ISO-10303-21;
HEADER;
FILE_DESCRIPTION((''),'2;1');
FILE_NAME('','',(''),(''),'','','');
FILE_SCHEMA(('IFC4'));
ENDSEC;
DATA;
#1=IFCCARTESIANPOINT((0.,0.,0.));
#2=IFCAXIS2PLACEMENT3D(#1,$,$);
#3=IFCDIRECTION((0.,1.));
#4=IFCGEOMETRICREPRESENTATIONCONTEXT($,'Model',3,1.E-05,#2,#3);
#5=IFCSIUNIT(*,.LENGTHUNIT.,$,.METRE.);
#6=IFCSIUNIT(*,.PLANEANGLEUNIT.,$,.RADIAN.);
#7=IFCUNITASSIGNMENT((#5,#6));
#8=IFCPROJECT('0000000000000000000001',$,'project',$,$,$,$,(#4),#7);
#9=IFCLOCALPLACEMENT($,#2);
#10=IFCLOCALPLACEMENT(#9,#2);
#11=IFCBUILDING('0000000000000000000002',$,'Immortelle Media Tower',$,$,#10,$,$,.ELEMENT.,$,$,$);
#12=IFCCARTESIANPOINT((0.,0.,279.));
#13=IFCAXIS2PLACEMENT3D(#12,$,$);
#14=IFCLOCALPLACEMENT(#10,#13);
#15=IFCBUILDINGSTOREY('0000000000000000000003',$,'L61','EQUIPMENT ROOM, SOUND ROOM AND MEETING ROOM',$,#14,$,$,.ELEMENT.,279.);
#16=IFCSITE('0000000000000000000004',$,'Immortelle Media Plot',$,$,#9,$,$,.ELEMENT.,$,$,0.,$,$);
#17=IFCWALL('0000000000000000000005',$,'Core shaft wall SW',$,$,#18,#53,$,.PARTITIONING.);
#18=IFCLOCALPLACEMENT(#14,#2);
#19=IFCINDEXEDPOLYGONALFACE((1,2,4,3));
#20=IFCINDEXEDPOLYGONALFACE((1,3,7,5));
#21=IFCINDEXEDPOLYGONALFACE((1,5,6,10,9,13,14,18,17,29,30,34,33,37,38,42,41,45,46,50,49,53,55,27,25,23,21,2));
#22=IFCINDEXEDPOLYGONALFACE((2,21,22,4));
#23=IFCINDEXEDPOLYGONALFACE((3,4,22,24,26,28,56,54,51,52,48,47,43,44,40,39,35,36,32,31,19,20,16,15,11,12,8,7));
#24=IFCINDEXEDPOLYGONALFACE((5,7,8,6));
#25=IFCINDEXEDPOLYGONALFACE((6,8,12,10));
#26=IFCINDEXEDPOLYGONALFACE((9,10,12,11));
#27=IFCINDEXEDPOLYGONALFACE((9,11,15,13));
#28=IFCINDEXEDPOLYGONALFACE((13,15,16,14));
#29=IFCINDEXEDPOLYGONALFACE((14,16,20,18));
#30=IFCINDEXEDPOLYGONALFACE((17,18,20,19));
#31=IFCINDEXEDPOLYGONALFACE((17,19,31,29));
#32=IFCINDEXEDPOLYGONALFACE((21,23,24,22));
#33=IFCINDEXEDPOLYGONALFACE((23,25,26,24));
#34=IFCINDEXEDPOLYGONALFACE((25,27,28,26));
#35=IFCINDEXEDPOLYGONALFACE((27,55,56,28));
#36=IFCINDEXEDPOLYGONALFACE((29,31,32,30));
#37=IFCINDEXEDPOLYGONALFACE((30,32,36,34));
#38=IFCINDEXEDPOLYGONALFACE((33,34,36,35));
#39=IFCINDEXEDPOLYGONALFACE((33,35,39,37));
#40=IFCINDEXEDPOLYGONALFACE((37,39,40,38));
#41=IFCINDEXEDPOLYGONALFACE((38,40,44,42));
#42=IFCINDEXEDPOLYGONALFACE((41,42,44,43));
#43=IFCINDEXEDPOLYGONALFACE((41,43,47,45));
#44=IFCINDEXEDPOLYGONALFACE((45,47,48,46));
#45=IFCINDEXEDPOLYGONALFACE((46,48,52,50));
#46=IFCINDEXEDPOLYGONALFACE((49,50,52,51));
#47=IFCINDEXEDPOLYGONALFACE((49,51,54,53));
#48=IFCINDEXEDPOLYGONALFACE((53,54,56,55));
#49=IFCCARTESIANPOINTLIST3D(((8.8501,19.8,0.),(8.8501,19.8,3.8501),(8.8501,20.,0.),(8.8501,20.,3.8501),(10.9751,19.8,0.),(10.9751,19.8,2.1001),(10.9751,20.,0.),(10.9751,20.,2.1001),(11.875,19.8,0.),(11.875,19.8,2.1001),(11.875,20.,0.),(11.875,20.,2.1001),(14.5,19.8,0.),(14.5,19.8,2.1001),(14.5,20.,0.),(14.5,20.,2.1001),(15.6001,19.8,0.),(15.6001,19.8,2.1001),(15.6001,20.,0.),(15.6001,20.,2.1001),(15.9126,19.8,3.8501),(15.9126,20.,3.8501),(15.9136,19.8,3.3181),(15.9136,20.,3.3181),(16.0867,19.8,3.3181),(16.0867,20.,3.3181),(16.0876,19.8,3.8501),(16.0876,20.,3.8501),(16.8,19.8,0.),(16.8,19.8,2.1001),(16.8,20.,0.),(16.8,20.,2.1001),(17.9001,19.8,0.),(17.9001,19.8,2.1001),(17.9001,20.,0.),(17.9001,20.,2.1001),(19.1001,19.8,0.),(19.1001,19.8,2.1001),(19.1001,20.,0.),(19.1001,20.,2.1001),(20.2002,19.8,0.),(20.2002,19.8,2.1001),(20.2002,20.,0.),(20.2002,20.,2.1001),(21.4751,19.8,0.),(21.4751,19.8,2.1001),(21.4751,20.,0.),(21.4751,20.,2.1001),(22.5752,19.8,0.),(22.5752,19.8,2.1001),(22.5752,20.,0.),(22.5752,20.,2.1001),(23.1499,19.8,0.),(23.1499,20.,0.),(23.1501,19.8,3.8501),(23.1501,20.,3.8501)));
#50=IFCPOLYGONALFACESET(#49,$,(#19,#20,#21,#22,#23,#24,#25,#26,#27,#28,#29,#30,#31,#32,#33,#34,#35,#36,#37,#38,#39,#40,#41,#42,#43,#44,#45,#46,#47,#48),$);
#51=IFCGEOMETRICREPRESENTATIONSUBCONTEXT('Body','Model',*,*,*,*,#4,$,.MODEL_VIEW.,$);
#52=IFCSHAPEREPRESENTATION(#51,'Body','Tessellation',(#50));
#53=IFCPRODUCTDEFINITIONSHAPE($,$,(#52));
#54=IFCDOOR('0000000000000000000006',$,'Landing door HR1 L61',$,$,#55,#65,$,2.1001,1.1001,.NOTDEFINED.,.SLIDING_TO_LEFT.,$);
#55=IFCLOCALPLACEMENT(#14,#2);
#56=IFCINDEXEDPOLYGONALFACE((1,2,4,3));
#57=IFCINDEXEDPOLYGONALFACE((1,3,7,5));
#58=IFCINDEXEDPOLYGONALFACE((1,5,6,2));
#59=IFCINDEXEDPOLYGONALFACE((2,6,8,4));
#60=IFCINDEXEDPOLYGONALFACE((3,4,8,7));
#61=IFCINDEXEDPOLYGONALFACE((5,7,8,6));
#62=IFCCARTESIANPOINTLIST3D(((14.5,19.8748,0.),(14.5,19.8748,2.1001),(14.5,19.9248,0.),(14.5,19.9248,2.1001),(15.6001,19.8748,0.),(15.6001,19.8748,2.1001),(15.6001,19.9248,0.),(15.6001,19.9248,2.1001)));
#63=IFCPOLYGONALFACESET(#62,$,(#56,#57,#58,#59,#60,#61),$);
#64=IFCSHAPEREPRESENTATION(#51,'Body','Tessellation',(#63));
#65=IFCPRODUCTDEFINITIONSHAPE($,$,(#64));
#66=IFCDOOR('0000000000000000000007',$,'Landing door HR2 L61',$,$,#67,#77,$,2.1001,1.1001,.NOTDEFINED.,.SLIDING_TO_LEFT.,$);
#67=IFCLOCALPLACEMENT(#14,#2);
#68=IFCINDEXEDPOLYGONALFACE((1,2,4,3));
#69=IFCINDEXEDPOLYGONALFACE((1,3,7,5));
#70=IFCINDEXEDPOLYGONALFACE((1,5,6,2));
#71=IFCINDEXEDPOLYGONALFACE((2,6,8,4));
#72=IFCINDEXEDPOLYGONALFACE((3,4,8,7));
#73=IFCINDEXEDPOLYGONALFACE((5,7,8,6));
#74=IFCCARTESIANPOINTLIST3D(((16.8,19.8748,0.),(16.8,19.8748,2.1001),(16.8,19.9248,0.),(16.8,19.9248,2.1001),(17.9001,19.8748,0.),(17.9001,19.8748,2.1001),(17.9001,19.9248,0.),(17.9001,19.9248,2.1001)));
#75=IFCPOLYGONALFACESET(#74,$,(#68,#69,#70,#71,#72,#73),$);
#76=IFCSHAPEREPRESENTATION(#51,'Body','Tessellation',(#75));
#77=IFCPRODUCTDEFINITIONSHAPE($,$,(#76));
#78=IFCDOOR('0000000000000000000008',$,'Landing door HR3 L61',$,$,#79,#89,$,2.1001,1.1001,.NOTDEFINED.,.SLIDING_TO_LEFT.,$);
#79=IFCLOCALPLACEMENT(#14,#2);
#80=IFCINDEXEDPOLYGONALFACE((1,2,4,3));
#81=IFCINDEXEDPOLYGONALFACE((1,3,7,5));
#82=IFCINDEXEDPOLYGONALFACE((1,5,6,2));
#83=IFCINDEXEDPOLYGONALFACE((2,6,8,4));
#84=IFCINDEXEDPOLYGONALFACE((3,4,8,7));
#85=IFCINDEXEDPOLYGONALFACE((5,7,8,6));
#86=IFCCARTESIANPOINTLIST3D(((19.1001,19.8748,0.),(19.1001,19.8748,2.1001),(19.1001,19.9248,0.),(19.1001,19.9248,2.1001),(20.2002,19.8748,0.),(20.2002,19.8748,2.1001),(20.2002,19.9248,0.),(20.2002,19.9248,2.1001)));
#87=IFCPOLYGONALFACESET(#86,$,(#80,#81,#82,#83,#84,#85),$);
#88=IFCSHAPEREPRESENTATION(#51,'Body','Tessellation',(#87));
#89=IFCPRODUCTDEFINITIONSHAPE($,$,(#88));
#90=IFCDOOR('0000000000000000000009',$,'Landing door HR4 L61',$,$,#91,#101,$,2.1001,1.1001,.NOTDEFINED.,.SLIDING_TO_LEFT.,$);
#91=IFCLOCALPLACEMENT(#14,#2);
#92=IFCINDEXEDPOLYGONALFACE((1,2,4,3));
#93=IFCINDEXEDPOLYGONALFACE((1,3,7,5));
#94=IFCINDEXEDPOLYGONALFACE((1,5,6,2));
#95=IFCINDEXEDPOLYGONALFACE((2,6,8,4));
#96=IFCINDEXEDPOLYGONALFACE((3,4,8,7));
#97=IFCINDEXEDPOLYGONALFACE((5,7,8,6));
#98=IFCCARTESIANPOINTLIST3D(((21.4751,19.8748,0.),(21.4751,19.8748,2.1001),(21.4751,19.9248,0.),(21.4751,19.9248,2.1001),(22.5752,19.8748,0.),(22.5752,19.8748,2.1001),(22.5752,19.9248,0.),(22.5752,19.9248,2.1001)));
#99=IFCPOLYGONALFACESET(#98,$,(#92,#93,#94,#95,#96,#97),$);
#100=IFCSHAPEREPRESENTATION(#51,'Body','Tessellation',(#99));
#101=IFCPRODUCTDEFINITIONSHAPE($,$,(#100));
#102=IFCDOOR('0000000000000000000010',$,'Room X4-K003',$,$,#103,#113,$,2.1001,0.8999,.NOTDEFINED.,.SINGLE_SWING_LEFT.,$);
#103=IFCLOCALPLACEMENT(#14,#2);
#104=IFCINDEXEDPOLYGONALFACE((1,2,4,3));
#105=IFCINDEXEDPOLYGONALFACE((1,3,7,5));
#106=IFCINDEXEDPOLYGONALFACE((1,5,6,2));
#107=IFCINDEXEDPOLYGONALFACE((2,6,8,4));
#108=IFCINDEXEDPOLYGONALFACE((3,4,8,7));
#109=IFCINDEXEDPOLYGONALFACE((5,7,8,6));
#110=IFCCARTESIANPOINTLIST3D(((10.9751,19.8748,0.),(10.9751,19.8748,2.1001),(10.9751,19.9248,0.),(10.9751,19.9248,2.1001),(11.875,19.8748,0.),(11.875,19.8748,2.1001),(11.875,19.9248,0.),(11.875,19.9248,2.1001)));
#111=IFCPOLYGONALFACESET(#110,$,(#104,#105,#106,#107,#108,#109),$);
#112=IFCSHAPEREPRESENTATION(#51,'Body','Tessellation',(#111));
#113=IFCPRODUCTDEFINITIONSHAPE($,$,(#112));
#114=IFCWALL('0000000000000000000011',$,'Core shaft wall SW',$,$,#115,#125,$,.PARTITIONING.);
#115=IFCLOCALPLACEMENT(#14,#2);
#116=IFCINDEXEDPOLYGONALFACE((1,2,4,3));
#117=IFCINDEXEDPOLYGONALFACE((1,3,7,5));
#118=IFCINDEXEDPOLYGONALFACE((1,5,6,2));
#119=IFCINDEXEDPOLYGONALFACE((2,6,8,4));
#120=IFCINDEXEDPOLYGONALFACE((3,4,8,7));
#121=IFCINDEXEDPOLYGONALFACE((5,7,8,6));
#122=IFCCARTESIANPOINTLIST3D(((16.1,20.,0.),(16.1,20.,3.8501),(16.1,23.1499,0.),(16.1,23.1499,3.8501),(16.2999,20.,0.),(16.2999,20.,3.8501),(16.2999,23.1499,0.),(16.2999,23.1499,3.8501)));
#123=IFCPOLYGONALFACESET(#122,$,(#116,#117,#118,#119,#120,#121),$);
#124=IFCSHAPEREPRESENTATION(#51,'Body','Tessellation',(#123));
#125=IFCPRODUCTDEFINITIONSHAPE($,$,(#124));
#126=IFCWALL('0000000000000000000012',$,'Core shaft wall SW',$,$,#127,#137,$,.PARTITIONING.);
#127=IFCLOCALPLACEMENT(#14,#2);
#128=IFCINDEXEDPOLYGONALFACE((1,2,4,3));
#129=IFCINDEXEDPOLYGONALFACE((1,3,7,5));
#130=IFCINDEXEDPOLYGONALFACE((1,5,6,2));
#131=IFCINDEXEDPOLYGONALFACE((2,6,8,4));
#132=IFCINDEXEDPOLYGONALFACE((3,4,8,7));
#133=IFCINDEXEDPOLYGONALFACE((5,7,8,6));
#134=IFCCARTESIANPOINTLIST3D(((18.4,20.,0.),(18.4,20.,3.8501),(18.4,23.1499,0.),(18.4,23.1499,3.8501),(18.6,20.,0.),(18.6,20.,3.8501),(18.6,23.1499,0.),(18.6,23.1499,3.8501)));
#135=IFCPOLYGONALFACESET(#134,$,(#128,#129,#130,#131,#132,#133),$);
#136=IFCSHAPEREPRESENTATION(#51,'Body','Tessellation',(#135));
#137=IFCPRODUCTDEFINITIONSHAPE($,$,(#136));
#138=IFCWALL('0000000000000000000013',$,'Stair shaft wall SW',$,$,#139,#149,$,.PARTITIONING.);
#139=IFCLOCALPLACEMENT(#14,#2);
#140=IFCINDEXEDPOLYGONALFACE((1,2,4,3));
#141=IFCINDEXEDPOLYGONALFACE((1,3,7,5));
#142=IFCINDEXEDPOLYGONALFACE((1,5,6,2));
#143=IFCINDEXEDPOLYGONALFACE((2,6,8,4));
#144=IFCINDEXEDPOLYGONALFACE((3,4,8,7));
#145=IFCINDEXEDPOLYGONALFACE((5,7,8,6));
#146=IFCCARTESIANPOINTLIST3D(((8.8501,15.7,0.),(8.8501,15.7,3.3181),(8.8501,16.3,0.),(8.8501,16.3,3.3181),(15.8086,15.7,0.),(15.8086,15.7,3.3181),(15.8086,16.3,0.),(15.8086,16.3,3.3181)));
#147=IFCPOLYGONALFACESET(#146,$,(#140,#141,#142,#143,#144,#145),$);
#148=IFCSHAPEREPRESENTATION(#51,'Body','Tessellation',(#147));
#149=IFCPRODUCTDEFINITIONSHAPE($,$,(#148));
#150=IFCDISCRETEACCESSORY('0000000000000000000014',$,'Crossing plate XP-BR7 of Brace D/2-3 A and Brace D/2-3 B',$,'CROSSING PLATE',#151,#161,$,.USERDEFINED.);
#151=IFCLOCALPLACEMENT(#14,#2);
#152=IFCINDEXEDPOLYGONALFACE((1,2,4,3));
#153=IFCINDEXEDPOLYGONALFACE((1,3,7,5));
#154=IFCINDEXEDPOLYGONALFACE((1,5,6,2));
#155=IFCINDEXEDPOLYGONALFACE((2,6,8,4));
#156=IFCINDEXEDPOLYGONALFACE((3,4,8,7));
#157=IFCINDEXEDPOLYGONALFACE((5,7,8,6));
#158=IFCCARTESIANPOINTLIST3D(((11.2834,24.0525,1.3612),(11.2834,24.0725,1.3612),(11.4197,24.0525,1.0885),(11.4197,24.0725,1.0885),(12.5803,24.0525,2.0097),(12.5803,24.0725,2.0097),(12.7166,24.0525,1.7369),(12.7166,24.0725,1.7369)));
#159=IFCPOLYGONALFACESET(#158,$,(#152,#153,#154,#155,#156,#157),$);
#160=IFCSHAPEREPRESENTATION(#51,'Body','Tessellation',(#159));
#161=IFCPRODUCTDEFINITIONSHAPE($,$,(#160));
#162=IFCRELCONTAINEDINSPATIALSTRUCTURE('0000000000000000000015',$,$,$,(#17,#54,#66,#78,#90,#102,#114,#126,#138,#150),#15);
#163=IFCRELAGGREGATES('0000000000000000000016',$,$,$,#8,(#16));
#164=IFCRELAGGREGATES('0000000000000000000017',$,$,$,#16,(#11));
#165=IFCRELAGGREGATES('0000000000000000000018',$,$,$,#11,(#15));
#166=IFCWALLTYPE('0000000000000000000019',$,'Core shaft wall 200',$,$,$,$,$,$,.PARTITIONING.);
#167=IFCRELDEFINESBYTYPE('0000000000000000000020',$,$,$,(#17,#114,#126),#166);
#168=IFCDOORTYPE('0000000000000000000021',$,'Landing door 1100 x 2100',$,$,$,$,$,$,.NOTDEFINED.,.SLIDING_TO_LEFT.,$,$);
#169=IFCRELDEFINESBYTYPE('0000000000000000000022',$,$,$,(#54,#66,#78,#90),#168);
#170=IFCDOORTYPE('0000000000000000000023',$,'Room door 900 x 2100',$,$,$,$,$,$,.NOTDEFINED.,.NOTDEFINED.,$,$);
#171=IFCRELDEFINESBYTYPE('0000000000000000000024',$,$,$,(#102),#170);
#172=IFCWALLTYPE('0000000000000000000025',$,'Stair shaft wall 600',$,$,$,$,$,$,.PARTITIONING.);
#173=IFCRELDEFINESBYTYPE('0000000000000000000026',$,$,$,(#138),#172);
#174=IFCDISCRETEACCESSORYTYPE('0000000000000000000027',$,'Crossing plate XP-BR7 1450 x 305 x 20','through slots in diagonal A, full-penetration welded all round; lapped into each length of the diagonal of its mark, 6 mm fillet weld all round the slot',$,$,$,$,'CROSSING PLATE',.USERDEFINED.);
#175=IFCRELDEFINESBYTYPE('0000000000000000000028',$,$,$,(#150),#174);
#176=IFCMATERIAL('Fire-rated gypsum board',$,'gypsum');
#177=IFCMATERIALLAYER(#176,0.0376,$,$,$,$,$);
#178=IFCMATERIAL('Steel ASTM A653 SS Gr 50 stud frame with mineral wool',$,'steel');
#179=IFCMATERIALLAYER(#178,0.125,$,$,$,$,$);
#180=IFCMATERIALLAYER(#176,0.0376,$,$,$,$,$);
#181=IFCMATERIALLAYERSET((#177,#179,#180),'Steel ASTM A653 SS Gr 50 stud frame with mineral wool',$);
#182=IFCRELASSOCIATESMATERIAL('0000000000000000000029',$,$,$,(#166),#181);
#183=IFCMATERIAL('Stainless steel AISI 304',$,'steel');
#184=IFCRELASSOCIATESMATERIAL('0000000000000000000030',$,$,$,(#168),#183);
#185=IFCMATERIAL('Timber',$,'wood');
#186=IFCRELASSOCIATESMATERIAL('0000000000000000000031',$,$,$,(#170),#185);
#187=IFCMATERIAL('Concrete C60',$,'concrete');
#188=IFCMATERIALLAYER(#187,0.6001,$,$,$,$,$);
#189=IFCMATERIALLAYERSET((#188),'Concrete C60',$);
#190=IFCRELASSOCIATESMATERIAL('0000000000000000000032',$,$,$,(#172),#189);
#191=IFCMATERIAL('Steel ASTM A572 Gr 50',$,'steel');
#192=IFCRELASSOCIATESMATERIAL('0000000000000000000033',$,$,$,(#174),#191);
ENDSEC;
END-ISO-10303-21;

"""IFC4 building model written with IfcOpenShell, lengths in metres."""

from ifc_helpers import new_model, si_unit, direction, frame, frame_2d, origin, origin_2d, place, context, subcontext, project, spatial, polyline, rectangle, outline, extrude, material, layer, layer_set, material_profile, profile_set, type_object, element, fill, save


model = new_model("IFC4")

# Units and contexts
model_context = context("Model", 3, precision=1e-05, world=origin(), true_north=direction((0.0, 1.0)))
body_context = subcontext(model_context, "Body", "Model", "MODEL_VIEW")
ifc_project = project(units=[si_unit("LENGTHUNIT", "METRE"), si_unit("PLANEANGLEUNIT", "RADIAN")], contexts=[model_context])

# Site, building, storey
site_placement = place(None, origin())
site = spatial("IfcSite", under=ifc_project, at=site_placement, Name="Immortelle Media Plot", CompositionType="ELEMENT", RefElevation=0.0)
building_placement = place(site_placement, origin())
building = spatial("IfcBuilding", under=site, at=building_placement, Name="Immortelle Media Tower", CompositionType="ELEMENT")
storey_placement = place(building_placement, frame((0.0, 0.0, 279.0)))
storey = spatial("IfcBuildingStorey", under=building, at=storey_placement, Name="L61", Description="EQUIPMENT ROOM, SOUND ROOM AND MEETING ROOM", CompositionType="ELEMENT", Elevation=279.0)

# Shared definitions
ifc_material_1 = material(Name="Timber", Category="wood")

# Shared definitions
ifc_material_2 = material(Name="Fire-rated gypsum board", Category="gypsum")
ifc_material_3 = material(Name="Steel ASTM A653 SS Gr 50 stud frame with mineral wool", Category="steel")
ifc_layer_1 = layer(ifc_material_2, 0.0376)
ifc_layer_2 = layer(ifc_material_3, 0.125)
ifc_layer_3 = layer(ifc_material_2, 0.0376)
ifc_layer_set_1 = layer_set([ifc_layer_1, ifc_layer_2, ifc_layer_3], Name="Steel ASTM A653 SS Gr 50 stud frame with mineral wool")
wall_type_1 = type_object("IfcWallType", Name="Core shaft wall 200", PredefinedType="PARTITIONING", material=ifc_layer_set_1)

# Wall, openings, doors
wall_1_placement = place(storey_placement, frame((8.8501, 19.8999, 0.0), z_axis=(0.0, 0.0, 1.0), x_axis=(1.0, 0.0, 0.0)))
wall_1 = element("IfcWall", 1, at=wall_1_placement, inside=storey, type_object=wall_type_1, Name="Core shaft wall SW", PredefinedType="PARTITIONING", context=body_context, shape_type="SweptSolid", body=[
    extrude(outline(polyline([(0.0, 0.0), (14.2998, 0.0), (14.3, 3.8501), (7.2375, 3.8501), (7.2366, 3.3181), (7.0635, 3.3181), (7.0625, 3.8501), (0.0, 3.8501), (0.0, 0.0)])), frame((0.0, 0.1001, 0.0), z_axis=(0.0, -1.0, 0.0), x_axis=(1.0, 0.0, 0.0)), (0.0, 0.0, 1.0), 0.2),
])
opening_1_placement = place(wall_1_placement, frame((2.125, 0.0, 0.0)))
opening_1 = element("IfcOpeningElement", 2, at=opening_1_placement, cuts=wall_1, PredefinedType="OPENING", context=body_context, shape_type="SweptSolid", body=[
    extrude(rectangle(XDim=0.8999, YDim=2.1001, at=frame_2d((0.45, 1.05))), frame((0.0, 0.1099, 0.0), z_axis=(0.0, -1.0, 0.0), x_axis=(1.0, 0.0, 0.0)), (0.0, 0.0, 1.0), 0.22),
])
opening_2_placement = place(wall_1_placement, frame((5.6499, 0.0, 0.0)))
opening_2 = element("IfcOpeningElement", 3, at=opening_2_placement, cuts=wall_1, PredefinedType="OPENING", context=body_context, shape_type="SweptSolid", body=[
    extrude(rectangle(XDim=1.1001, YDim=2.1001, at=frame_2d((0.55, 1.05))), frame((0.0, 0.1099, 0.0), z_axis=(0.0, -1.0, 0.0), x_axis=(1.0, 0.0, 0.0)), (0.0, 0.0, 1.0), 0.22),
])
opening_3_placement = place(wall_1_placement, frame((7.95, 0.0, 0.0)))
opening_3 = element("IfcOpeningElement", 4, at=opening_3_placement, cuts=wall_1, PredefinedType="OPENING", context=body_context, shape_type="SweptSolid", body=[
    extrude(rectangle(XDim=1.1001, YDim=2.1001, at=frame_2d((0.55, 1.05))), frame((0.0, 0.1099, 0.0), z_axis=(0.0, -1.0, 0.0), x_axis=(1.0, 0.0, 0.0)), (0.0, 0.0, 1.0), 0.22),
])
opening_4_placement = place(wall_1_placement, frame((10.25, 0.0, 0.0)))
opening_4 = element("IfcOpeningElement", 5, at=opening_4_placement, cuts=wall_1, PredefinedType="OPENING", context=body_context, shape_type="SweptSolid", body=[
    extrude(rectangle(XDim=1.1001, YDim=2.1001, at=frame_2d((0.55, 1.05))), frame((0.0, 0.1099, 0.0), z_axis=(0.0, -1.0, 0.0), x_axis=(1.0, 0.0, 0.0)), (0.0, 0.0, 1.0), 0.22),
])
opening_5_placement = place(wall_1_placement, frame((12.625, 0.0, 0.0)))
opening_5 = element("IfcOpeningElement", 6, at=opening_5_placement, cuts=wall_1, PredefinedType="OPENING", context=body_context, shape_type="SweptSolid", body=[
    extrude(rectangle(XDim=1.1001, YDim=2.1001, at=frame_2d((0.55, 1.05))), frame((0.0, 0.1099, 0.0), z_axis=(0.0, -1.0, 0.0), x_axis=(1.0, 0.0, 0.0)), (0.0, 0.0, 1.0), 0.22),
])
ifc_material_4 = material(Name="Stainless steel AISI 304", Category="steel")
door_type_1 = type_object("IfcDoorType", Name="Landing door 1100 x 2100", OperationType="SLIDING_TO_LEFT", PredefinedType="NOTDEFINED", material=ifc_material_4)
door_1_placement = place(opening_2_placement, origin())
door_1 = element("IfcDoor", 7, at=door_1_placement, inside=storey, type_object=door_type_1, Name="Landing door HR1 L61", OperationType="SLIDING_TO_LEFT", OverallHeight=2.1001, OverallWidth=1.1001, PredefinedType="NOTDEFINED", context=body_context, shape_type="SweptSolid", body=[
    extrude(rectangle(XDim=1.1001, YDim=2.1001, at=frame_2d((0.55, 1.05))), frame((0.0, 0.0249, 0.0), z_axis=(0.0, -1.0, 0.0), x_axis=(1.0, 0.0, 0.0)), (0.0, 0.0, 1.0), 0.05),
])
fill(opening_2, door_1)
door_2_placement = place(opening_3_placement, origin())
door_2 = element("IfcDoor", 8, at=door_2_placement, inside=storey, type_object=door_type_1, Name="Landing door HR2 L61", OperationType="SLIDING_TO_LEFT", OverallHeight=2.1001, OverallWidth=1.1001, PredefinedType="NOTDEFINED", context=body_context, shape_type="SweptSolid", body=[
    extrude(rectangle(XDim=1.1001, YDim=2.1001, at=frame_2d((0.55, 1.05))), frame((0.0, 0.0249, 0.0), z_axis=(0.0, -1.0, 0.0), x_axis=(1.0, 0.0, 0.0)), (0.0, 0.0, 1.0), 0.05),
])
fill(opening_3, door_2)
door_3_placement = place(opening_4_placement, origin())
door_3 = element("IfcDoor", 9, at=door_3_placement, inside=storey, type_object=door_type_1, Name="Landing door HR3 L61", OperationType="SLIDING_TO_LEFT", OverallHeight=2.1001, OverallWidth=1.1001, PredefinedType="NOTDEFINED", context=body_context, shape_type="SweptSolid", body=[
    extrude(rectangle(XDim=1.1001, YDim=2.1001, at=frame_2d((0.55, 1.05))), frame((0.0, 0.0249, 0.0), z_axis=(0.0, -1.0, 0.0), x_axis=(1.0, 0.0, 0.0)), (0.0, 0.0, 1.0), 0.05),
])
fill(opening_4, door_3)
door_4_placement = place(opening_5_placement, origin())
door_4 = element("IfcDoor", 10, at=door_4_placement, inside=storey, type_object=door_type_1, Name="Landing door HR4 L61", OperationType="SLIDING_TO_LEFT", OverallHeight=2.1001, OverallWidth=1.1001, PredefinedType="NOTDEFINED", context=body_context, shape_type="SweptSolid", body=[
    extrude(rectangle(XDim=1.1001, YDim=2.1001, at=frame_2d((0.55, 1.05))), frame((0.0, 0.0249, 0.0), z_axis=(0.0, -1.0, 0.0), x_axis=(1.0, 0.0, 0.0)), (0.0, 0.0, 1.0), 0.05),
])
fill(opening_5, door_4)
door_type_2 = type_object("IfcDoorType", Name="Room door 900 x 2100", OperationType="NOTDEFINED", PredefinedType="NOTDEFINED", material=ifc_material_1)
door_5_placement = place(opening_1_placement, origin())
door_5 = element("IfcDoor", 11, at=door_5_placement, inside=storey, type_object=door_type_2, Name="Room X4-K003", OperationType="SINGLE_SWING_LEFT", OverallHeight=2.1001, OverallWidth=0.8999, PredefinedType="NOTDEFINED", context=body_context, shape_type="SweptSolid", body=[
    extrude(rectangle(XDim=0.8999, YDim=2.1001, at=frame_2d((0.45, 1.05))), frame((0.0, 0.0249, 0.0), z_axis=(0.0, -1.0, 0.0), x_axis=(1.0, 0.0, 0.0)), (0.0, 0.0, 1.0), 0.05),
])
fill(opening_1, door_5)

# Walls
for number, where, z_axis, x_axis, name in (
    (12, (16.2, 20.0, 0.0), (0.0, 0.0, 1.0), (0.0, 1.0, 0.0), "Core shaft wall SW"),
    (13, (18.5, 20.0, 0.0), (0.0, 0.0, 1.0), (0.0, 1.0, 0.0), "Core shaft wall SW"),
):
    element("IfcWall", number, at=place(storey_placement, frame(where, z_axis=z_axis, x_axis=x_axis)), inside=storey, type_object=wall_type_1, Name=name, PredefinedType="PARTITIONING", context=body_context, shape_type="SweptSolid", body=[
        extrude(rectangle(XDim=3.1499, YDim=0.2, at=frame_2d((1.575, 0.0))), origin(), (0.0, 0.0, 1.0), 3.8501),
    ])
ifc_material_5 = material(Name="Concrete C60", Category="concrete")
ifc_layer_4 = layer(ifc_material_5, 0.6001)
ifc_layer_set_2 = layer_set([ifc_layer_4], Name="Concrete C60")
wall_type_2 = type_object("IfcWallType", Name="Stair shaft wall 600", PredefinedType="PARTITIONING", material=ifc_layer_set_2)
wall_2_placement = place(storey_placement, frame((8.8501, 16.0, 0.0), z_axis=(0.0, 0.0, 1.0), x_axis=(1.0, 0.0, 0.0)))
element("IfcWall", 14, at=wall_2_placement, inside=storey, type_object=wall_type_2, Name="Stair shaft wall SW", PredefinedType="PARTITIONING", context=body_context, shape_type="SweptSolid", body=[
    extrude(rectangle(XDim=6.9585, YDim=0.6001, at=frame_2d((3.4792, 0.0))), origin(), (0.0, 0.0, 1.0), 3.3181),
])

# Discrete accessory
ifc_material_6 = material(Name="Steel ASTM A572 Gr 50", Category="steel")
ifc_material_profile_1 = material_profile(ifc_material_6, rectangle(XDim=0.02, YDim=0.3049, at=origin_2d()), Name="PL 20 x 305")
ifc_profile_set_1 = profile_set([ifc_material_profile_1], Name="Steel ASTM A572 Gr 50")
discrete_accessory_type_1 = type_object("IfcDiscreteAccessoryType", Name="Crossing plate XP-BR7 1450 x 305 x 20", Description="through slots in diagonal A, full-penetration welded all round; lapped into each length of the diagonal of its mark, 6 mm fillet weld all round the slot", ElementType="CROSSING PLATE", PredefinedType="USERDEFINED", material=ifc_profile_set_1)
discrete_accessory_placement = place(storey_placement, frame((12.6484, 24.0625, 1.8733), z_axis=(-0.894427, 0.0, -0.447214), x_axis=(0.0, -1.0, 0.0)))
element("IfcDiscreteAccessory", 15, at=discrete_accessory_placement, inside=storey, type_object=discrete_accessory_type_1, Name="Crossing plate XP-BR7 of Brace D/2-3 A and Brace D/2-3 B", ObjectType="CROSSING PLATE", PredefinedType="USERDEFINED", context=body_context, shape_type="SweptSolid", body=[
    extrude(rectangle(XDim=0.02, YDim=0.3049, at=origin_2d()), origin(), (0.0, 0.0, 1.0), 1.45),
])

save(model, "model.ifc")
